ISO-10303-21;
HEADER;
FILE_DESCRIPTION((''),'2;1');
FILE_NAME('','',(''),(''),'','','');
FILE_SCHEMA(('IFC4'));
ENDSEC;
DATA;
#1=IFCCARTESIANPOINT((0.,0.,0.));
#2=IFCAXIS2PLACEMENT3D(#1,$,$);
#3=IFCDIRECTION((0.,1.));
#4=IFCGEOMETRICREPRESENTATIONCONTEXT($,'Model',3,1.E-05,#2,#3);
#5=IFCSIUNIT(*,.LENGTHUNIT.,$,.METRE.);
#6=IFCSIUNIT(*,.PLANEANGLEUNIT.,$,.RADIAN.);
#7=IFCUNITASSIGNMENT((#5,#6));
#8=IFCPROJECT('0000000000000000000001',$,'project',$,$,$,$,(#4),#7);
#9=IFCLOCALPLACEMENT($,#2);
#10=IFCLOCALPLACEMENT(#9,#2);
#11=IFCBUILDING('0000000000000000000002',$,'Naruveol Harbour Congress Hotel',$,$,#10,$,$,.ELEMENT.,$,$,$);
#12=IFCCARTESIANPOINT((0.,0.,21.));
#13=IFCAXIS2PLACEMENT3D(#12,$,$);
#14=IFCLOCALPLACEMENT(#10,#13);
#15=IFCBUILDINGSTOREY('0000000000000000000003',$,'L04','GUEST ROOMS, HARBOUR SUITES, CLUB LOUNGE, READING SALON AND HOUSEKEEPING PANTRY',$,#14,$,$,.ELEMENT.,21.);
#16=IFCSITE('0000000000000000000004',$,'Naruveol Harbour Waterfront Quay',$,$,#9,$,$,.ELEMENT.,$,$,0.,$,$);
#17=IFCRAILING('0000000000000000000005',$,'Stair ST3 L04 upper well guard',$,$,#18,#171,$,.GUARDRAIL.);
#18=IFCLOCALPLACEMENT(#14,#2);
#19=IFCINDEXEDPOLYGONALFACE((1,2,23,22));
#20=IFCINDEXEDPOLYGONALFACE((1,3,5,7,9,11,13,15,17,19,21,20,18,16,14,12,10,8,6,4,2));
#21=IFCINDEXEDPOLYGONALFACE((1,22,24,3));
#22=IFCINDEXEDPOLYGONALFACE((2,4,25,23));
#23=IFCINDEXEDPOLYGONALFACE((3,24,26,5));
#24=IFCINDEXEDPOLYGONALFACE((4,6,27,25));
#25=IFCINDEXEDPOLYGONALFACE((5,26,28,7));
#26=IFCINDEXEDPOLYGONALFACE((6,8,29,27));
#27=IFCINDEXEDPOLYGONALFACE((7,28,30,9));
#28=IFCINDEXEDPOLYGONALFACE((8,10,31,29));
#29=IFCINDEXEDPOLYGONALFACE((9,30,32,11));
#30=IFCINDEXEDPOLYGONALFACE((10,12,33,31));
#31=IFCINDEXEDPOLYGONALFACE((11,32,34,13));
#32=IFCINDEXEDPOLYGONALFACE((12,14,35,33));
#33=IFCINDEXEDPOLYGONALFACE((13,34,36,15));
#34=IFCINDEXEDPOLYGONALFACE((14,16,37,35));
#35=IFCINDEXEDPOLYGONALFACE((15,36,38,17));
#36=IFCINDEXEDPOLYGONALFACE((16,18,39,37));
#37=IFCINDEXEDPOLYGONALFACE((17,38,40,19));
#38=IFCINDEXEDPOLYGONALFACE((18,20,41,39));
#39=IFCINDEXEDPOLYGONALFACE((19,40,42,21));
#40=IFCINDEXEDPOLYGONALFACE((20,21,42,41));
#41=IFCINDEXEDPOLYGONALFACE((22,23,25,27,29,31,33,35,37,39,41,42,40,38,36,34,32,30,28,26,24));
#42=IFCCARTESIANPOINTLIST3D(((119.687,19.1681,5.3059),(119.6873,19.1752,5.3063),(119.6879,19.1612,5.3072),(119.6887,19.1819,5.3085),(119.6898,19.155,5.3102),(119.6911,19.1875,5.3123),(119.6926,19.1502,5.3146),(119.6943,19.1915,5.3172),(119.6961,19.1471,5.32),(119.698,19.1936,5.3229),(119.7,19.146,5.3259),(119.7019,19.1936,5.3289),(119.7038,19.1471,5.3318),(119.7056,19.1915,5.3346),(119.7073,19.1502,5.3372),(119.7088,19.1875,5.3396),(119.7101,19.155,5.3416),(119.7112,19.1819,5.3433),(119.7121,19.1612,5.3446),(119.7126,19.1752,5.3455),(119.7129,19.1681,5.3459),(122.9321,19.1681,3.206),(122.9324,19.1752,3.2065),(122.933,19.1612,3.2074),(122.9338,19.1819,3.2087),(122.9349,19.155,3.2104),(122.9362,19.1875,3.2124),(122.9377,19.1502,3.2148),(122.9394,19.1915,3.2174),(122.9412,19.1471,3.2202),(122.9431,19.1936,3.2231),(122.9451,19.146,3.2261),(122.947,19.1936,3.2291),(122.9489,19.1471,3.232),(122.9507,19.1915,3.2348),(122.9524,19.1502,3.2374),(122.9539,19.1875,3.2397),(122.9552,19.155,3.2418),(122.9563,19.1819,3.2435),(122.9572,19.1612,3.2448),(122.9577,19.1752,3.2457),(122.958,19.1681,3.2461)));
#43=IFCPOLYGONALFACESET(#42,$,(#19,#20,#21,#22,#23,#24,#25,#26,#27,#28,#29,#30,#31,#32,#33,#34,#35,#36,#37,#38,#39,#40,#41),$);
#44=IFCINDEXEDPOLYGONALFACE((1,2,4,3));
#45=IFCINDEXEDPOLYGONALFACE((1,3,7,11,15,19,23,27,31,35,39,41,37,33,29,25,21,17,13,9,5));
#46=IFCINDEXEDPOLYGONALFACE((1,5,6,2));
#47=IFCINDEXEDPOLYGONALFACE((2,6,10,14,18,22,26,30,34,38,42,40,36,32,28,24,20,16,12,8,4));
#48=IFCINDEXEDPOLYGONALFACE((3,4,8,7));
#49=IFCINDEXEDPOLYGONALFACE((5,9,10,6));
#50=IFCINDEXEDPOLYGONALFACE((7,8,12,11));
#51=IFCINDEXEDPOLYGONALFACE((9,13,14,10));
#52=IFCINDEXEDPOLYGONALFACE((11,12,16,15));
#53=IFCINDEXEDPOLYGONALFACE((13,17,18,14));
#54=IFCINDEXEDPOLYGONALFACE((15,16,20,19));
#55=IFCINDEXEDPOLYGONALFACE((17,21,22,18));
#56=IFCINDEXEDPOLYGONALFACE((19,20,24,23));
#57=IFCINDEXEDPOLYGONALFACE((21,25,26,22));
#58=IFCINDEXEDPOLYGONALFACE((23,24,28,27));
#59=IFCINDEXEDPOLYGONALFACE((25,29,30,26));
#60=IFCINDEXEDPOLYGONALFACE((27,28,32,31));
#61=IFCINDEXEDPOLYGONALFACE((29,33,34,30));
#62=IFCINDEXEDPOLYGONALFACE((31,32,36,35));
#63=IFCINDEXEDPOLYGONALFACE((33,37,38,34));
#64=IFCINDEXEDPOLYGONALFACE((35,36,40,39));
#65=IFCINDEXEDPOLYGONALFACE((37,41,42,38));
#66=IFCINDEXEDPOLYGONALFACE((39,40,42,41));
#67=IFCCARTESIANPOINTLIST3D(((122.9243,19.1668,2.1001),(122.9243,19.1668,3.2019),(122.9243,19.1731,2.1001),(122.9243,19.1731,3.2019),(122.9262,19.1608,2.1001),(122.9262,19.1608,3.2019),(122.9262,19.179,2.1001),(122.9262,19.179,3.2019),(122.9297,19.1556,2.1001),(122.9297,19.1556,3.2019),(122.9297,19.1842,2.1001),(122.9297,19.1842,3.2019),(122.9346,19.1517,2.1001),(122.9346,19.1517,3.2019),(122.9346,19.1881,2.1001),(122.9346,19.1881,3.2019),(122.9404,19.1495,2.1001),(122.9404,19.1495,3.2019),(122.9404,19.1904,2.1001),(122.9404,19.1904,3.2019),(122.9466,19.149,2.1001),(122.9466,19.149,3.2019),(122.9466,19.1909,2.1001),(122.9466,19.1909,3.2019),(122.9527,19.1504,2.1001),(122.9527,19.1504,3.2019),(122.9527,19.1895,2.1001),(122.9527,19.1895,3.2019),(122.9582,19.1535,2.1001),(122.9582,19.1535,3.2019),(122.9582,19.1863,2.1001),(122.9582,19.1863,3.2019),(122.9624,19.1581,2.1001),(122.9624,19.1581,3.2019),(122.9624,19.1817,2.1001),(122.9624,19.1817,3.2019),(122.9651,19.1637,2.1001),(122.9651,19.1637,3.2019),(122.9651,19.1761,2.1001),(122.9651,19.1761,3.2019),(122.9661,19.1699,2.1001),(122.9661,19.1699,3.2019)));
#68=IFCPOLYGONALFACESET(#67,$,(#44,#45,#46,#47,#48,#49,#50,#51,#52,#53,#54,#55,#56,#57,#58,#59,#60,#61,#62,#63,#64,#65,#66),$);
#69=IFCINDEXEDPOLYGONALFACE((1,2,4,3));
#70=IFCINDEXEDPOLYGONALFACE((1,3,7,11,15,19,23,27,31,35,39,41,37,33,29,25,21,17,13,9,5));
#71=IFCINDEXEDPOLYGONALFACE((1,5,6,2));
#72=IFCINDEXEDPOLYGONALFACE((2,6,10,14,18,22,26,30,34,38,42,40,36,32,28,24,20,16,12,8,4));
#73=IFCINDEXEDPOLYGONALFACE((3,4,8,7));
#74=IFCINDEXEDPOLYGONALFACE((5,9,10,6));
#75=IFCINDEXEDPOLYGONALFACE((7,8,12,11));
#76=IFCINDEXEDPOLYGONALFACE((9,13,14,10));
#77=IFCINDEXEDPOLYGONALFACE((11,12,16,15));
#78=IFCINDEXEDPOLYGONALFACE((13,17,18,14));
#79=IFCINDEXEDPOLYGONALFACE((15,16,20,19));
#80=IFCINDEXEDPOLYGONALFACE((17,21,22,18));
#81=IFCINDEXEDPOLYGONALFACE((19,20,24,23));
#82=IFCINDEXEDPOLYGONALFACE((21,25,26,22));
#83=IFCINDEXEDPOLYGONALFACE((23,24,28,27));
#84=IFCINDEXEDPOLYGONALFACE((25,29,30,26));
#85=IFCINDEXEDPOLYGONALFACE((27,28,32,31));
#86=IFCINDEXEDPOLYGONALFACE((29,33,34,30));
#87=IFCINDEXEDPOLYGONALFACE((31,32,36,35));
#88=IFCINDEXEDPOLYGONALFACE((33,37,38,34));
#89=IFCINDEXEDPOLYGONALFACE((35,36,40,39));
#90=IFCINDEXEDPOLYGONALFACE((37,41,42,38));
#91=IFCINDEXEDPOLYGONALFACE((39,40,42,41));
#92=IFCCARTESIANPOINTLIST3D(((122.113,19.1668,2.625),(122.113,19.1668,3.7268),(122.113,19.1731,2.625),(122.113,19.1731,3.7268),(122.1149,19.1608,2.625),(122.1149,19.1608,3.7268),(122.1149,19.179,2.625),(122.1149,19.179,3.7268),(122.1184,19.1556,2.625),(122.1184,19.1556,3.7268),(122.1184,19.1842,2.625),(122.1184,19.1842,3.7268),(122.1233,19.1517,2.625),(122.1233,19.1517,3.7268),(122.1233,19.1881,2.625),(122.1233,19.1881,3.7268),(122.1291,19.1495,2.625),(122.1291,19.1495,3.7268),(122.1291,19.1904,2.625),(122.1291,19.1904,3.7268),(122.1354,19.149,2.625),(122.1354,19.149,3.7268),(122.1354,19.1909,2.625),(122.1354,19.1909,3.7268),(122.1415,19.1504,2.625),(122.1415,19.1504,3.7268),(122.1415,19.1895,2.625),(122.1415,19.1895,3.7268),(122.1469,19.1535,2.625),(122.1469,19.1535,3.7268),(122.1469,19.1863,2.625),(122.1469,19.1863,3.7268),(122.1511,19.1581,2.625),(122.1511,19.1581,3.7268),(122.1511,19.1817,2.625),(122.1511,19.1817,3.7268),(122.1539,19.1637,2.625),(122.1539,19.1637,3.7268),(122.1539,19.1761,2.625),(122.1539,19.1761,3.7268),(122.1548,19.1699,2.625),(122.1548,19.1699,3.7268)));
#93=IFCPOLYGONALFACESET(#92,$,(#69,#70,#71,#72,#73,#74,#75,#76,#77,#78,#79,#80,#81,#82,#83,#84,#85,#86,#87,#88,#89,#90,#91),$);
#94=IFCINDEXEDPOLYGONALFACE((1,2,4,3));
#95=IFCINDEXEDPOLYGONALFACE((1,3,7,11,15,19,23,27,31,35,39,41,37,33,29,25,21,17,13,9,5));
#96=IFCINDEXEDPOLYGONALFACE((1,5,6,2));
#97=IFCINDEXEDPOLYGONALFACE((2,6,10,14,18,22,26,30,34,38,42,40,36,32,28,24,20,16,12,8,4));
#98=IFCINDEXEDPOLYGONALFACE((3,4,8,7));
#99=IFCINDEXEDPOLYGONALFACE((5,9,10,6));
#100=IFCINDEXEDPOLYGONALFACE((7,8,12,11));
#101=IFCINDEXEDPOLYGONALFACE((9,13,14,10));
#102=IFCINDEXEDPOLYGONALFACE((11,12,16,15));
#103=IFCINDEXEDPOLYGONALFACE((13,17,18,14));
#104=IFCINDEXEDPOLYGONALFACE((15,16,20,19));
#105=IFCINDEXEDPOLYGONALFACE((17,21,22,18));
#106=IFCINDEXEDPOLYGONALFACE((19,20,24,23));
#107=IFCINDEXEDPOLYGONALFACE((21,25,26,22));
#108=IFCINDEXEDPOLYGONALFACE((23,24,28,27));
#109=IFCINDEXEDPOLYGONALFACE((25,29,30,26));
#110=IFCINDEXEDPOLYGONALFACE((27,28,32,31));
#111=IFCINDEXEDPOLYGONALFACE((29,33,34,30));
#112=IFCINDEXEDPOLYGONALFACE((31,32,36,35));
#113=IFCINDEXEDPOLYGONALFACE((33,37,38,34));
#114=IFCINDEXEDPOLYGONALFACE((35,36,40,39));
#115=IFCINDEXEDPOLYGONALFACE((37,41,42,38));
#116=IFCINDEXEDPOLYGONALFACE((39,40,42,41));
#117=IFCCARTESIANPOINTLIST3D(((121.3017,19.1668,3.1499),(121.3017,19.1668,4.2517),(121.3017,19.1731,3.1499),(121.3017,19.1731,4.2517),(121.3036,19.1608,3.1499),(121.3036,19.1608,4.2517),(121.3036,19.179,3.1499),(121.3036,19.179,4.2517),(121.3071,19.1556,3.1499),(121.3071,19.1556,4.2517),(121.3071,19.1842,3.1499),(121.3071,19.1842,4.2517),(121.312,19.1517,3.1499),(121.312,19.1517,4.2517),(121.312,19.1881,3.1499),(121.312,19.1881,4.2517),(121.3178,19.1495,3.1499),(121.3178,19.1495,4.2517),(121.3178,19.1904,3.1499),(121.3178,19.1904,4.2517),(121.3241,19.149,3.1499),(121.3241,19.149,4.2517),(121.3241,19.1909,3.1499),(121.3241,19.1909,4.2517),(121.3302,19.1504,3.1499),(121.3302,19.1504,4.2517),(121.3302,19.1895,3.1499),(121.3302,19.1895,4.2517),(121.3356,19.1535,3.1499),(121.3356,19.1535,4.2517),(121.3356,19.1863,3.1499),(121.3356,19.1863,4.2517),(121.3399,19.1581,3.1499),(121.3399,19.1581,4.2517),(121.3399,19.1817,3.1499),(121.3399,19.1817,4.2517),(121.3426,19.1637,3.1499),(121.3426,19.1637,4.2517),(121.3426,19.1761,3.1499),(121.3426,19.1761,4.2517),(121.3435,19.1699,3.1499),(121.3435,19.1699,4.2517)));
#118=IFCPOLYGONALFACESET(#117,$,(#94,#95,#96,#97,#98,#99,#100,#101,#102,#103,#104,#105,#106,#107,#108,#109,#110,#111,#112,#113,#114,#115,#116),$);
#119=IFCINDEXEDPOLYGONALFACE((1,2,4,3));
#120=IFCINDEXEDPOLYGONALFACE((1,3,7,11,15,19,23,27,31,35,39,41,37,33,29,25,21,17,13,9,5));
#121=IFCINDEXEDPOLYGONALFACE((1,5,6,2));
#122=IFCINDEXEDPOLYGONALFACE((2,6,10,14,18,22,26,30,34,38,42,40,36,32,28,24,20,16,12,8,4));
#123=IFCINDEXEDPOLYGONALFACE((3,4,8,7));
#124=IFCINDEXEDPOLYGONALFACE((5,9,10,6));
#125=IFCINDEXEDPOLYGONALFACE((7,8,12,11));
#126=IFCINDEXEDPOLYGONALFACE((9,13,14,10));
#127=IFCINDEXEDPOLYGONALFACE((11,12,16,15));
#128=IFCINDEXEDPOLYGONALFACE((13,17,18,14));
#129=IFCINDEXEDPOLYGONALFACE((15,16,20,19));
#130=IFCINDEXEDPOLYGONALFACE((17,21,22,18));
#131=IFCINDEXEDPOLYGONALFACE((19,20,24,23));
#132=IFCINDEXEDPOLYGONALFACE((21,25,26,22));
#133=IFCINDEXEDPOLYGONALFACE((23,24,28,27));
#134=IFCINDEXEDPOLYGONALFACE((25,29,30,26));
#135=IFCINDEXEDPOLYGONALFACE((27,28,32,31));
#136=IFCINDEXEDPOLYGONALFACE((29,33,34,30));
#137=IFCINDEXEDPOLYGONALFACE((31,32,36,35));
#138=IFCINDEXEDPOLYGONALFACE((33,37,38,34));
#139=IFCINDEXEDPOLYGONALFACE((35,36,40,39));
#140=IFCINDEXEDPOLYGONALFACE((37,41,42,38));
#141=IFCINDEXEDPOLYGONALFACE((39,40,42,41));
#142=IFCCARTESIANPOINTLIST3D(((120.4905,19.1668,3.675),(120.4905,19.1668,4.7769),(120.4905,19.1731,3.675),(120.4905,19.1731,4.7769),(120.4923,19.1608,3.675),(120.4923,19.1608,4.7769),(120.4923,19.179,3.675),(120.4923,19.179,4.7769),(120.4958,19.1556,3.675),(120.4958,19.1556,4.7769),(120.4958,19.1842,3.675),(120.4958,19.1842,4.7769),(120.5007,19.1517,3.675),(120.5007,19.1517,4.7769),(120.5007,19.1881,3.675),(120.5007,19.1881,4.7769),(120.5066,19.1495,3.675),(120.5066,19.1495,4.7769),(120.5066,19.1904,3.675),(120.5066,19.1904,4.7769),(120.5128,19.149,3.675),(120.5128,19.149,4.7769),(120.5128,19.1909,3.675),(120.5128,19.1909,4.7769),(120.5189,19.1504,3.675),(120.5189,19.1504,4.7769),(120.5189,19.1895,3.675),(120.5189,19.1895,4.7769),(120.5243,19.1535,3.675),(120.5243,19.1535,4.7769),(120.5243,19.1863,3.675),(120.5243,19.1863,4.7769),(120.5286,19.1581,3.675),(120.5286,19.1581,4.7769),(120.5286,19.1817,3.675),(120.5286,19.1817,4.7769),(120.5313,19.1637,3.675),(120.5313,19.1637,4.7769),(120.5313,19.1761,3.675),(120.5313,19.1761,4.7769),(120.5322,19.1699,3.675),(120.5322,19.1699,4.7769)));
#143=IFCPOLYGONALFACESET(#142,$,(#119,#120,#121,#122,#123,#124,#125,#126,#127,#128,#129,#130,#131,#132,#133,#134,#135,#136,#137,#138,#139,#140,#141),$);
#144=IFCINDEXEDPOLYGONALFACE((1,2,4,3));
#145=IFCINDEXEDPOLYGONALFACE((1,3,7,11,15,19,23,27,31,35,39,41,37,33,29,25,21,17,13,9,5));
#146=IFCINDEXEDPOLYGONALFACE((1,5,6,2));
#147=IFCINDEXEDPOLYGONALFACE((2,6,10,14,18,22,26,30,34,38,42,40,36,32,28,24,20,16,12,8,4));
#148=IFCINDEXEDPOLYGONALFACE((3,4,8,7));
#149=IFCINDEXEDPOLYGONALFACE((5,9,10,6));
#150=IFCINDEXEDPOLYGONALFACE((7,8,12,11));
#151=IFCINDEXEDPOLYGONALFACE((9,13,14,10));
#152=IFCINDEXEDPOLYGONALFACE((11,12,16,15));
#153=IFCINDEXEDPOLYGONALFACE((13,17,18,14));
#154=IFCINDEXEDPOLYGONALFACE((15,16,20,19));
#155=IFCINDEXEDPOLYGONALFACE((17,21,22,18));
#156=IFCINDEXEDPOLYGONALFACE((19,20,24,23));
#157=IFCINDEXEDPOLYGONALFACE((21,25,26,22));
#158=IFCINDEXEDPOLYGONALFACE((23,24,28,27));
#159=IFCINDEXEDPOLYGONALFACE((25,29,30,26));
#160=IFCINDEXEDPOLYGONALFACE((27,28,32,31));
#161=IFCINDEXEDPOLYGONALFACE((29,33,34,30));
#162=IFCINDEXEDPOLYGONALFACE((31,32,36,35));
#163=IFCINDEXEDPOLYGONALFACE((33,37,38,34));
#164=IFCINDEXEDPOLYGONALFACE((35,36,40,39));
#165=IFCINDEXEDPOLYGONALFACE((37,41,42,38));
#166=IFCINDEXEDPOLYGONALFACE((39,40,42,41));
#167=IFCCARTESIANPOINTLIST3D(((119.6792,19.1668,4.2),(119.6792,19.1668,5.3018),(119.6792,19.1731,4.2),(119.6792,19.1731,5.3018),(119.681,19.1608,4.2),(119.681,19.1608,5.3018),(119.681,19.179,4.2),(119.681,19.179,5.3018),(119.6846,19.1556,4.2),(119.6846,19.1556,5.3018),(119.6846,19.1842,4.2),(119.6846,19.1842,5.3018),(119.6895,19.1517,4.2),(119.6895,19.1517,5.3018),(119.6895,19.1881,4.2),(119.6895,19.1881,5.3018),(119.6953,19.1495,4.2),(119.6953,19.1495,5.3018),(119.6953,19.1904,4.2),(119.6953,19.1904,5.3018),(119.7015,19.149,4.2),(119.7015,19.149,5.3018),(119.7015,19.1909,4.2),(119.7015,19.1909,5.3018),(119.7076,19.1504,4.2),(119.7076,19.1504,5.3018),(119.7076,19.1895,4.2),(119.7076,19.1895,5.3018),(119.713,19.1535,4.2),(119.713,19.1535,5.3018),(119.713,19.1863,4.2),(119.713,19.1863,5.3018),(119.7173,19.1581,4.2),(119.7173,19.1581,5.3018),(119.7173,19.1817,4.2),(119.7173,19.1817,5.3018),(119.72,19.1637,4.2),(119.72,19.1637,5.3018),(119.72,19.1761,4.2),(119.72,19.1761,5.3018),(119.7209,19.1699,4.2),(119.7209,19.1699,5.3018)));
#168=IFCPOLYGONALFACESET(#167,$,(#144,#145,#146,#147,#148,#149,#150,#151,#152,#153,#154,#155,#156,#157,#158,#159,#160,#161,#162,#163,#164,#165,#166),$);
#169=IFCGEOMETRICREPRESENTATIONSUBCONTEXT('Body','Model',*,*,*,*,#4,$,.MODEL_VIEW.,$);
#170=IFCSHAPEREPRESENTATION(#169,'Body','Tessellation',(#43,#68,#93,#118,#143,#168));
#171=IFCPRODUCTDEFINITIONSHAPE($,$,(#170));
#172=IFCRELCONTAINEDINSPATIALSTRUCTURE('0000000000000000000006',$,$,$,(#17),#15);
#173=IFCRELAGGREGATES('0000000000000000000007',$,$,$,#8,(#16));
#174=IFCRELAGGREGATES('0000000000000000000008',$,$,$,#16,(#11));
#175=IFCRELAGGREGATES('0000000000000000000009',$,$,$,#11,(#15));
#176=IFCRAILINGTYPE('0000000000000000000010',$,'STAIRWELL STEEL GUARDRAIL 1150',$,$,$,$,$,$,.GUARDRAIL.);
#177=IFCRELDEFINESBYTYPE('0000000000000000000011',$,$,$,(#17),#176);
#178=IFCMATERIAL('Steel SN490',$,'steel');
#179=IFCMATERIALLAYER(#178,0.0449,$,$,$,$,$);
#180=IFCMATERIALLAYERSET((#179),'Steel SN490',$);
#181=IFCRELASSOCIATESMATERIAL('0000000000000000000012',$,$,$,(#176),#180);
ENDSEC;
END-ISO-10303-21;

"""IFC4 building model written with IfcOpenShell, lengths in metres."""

from ifc_helpers import new_model, si_unit, direction, frame, origin, origin_2d, place, context, subcontext, project, spatial, circle, extrude, material, layer, layer_set, type_object, element, save


model = new_model("IFC4")

# Units and contexts
model_context = context("Model", 3, precision=1e-05, world=origin(), true_north=direction((0.0, 1.0)))
body_context = subcontext(model_context, "Body", "Model", "MODEL_VIEW")
ifc_project = project(units=[si_unit("LENGTHUNIT", "METRE"), si_unit("PLANEANGLEUNIT", "RADIAN")], contexts=[model_context])

# Site, building, storey
site_placement = place(None, origin())
site = spatial("IfcSite", under=ifc_project, at=site_placement, Name="Naruveol Harbour Waterfront Quay", CompositionType="ELEMENT", RefElevation=0.0)
building_placement = place(site_placement, origin())
building = spatial("IfcBuilding", under=site, at=building_placement, Name="Naruveol Harbour Congress Hotel", CompositionType="ELEMENT")
storey_placement = place(building_placement, frame((0.0, 0.0, 21.0)))
storey = spatial("IfcBuildingStorey", under=building, at=storey_placement, Name="L04", Description="GUEST ROOMS, HARBOUR SUITES, CLUB LOUNGE, READING SALON AND HOUSEKEEPING PANTRY", CompositionType="ELEMENT", Elevation=21.0)

# Railing
ifc_material_1 = material(Name="Steel SN490", Category="steel")
ifc_layer_1 = layer(ifc_material_1, 0.0449)
ifc_layer_set_1 = layer_set([ifc_layer_1], Name="Steel SN490")
railing_type_1 = type_object("IfcRailingType", Name="STAIRWELL STEEL GUARDRAIL 1150", PredefinedType="GUARDRAIL", material=ifc_layer_set_1)
railing_1_placement = place(storey_placement, frame((122.9451, 19.1699, 2.1001)))
element("IfcRailing", 1, at=railing_1_placement, inside=storey, type_object=railing_type_1, Name="Stair ST3 L04 upper well guard", PredefinedType="GUARDRAIL", context=body_context, shape_type="SweptSolid", body=[
    extrude(circle(Radius=0.0239, at=origin_2d()), frame((0.0, 0.0, 1.126), z_axis=(-0.839562, 0.0, 0.543264), x_axis=(0.0, -1.0, 0.0)), (0.0, 0.0, 1.0), 3.8652),
    extrude(circle(Radius=0.021, at=origin_2d()), origin(), (0.0, 0.0, 1.0), 1.1018),
    extrude(circle(Radius=0.021, at=origin_2d()), frame((-0.8113, 0.0, 0.5249)), (0.0, 0.0, 1.0), 1.1018),
    extrude(circle(Radius=0.021, at=origin_2d()), frame((-1.6226, 0.0, 1.0498)), (0.0, 0.0, 1.0), 1.1018),
    extrude(circle(Radius=0.021, at=origin_2d()), frame((-2.4338, 0.0, 1.575)), (0.0, 0.0, 1.0), 1.1018),
    extrude(circle(Radius=0.021, at=origin_2d()), frame((-3.2451, 0.0, 2.0999)), (0.0, 0.0, 1.0), 1.1018),
])

save(model, "model.ifc")
